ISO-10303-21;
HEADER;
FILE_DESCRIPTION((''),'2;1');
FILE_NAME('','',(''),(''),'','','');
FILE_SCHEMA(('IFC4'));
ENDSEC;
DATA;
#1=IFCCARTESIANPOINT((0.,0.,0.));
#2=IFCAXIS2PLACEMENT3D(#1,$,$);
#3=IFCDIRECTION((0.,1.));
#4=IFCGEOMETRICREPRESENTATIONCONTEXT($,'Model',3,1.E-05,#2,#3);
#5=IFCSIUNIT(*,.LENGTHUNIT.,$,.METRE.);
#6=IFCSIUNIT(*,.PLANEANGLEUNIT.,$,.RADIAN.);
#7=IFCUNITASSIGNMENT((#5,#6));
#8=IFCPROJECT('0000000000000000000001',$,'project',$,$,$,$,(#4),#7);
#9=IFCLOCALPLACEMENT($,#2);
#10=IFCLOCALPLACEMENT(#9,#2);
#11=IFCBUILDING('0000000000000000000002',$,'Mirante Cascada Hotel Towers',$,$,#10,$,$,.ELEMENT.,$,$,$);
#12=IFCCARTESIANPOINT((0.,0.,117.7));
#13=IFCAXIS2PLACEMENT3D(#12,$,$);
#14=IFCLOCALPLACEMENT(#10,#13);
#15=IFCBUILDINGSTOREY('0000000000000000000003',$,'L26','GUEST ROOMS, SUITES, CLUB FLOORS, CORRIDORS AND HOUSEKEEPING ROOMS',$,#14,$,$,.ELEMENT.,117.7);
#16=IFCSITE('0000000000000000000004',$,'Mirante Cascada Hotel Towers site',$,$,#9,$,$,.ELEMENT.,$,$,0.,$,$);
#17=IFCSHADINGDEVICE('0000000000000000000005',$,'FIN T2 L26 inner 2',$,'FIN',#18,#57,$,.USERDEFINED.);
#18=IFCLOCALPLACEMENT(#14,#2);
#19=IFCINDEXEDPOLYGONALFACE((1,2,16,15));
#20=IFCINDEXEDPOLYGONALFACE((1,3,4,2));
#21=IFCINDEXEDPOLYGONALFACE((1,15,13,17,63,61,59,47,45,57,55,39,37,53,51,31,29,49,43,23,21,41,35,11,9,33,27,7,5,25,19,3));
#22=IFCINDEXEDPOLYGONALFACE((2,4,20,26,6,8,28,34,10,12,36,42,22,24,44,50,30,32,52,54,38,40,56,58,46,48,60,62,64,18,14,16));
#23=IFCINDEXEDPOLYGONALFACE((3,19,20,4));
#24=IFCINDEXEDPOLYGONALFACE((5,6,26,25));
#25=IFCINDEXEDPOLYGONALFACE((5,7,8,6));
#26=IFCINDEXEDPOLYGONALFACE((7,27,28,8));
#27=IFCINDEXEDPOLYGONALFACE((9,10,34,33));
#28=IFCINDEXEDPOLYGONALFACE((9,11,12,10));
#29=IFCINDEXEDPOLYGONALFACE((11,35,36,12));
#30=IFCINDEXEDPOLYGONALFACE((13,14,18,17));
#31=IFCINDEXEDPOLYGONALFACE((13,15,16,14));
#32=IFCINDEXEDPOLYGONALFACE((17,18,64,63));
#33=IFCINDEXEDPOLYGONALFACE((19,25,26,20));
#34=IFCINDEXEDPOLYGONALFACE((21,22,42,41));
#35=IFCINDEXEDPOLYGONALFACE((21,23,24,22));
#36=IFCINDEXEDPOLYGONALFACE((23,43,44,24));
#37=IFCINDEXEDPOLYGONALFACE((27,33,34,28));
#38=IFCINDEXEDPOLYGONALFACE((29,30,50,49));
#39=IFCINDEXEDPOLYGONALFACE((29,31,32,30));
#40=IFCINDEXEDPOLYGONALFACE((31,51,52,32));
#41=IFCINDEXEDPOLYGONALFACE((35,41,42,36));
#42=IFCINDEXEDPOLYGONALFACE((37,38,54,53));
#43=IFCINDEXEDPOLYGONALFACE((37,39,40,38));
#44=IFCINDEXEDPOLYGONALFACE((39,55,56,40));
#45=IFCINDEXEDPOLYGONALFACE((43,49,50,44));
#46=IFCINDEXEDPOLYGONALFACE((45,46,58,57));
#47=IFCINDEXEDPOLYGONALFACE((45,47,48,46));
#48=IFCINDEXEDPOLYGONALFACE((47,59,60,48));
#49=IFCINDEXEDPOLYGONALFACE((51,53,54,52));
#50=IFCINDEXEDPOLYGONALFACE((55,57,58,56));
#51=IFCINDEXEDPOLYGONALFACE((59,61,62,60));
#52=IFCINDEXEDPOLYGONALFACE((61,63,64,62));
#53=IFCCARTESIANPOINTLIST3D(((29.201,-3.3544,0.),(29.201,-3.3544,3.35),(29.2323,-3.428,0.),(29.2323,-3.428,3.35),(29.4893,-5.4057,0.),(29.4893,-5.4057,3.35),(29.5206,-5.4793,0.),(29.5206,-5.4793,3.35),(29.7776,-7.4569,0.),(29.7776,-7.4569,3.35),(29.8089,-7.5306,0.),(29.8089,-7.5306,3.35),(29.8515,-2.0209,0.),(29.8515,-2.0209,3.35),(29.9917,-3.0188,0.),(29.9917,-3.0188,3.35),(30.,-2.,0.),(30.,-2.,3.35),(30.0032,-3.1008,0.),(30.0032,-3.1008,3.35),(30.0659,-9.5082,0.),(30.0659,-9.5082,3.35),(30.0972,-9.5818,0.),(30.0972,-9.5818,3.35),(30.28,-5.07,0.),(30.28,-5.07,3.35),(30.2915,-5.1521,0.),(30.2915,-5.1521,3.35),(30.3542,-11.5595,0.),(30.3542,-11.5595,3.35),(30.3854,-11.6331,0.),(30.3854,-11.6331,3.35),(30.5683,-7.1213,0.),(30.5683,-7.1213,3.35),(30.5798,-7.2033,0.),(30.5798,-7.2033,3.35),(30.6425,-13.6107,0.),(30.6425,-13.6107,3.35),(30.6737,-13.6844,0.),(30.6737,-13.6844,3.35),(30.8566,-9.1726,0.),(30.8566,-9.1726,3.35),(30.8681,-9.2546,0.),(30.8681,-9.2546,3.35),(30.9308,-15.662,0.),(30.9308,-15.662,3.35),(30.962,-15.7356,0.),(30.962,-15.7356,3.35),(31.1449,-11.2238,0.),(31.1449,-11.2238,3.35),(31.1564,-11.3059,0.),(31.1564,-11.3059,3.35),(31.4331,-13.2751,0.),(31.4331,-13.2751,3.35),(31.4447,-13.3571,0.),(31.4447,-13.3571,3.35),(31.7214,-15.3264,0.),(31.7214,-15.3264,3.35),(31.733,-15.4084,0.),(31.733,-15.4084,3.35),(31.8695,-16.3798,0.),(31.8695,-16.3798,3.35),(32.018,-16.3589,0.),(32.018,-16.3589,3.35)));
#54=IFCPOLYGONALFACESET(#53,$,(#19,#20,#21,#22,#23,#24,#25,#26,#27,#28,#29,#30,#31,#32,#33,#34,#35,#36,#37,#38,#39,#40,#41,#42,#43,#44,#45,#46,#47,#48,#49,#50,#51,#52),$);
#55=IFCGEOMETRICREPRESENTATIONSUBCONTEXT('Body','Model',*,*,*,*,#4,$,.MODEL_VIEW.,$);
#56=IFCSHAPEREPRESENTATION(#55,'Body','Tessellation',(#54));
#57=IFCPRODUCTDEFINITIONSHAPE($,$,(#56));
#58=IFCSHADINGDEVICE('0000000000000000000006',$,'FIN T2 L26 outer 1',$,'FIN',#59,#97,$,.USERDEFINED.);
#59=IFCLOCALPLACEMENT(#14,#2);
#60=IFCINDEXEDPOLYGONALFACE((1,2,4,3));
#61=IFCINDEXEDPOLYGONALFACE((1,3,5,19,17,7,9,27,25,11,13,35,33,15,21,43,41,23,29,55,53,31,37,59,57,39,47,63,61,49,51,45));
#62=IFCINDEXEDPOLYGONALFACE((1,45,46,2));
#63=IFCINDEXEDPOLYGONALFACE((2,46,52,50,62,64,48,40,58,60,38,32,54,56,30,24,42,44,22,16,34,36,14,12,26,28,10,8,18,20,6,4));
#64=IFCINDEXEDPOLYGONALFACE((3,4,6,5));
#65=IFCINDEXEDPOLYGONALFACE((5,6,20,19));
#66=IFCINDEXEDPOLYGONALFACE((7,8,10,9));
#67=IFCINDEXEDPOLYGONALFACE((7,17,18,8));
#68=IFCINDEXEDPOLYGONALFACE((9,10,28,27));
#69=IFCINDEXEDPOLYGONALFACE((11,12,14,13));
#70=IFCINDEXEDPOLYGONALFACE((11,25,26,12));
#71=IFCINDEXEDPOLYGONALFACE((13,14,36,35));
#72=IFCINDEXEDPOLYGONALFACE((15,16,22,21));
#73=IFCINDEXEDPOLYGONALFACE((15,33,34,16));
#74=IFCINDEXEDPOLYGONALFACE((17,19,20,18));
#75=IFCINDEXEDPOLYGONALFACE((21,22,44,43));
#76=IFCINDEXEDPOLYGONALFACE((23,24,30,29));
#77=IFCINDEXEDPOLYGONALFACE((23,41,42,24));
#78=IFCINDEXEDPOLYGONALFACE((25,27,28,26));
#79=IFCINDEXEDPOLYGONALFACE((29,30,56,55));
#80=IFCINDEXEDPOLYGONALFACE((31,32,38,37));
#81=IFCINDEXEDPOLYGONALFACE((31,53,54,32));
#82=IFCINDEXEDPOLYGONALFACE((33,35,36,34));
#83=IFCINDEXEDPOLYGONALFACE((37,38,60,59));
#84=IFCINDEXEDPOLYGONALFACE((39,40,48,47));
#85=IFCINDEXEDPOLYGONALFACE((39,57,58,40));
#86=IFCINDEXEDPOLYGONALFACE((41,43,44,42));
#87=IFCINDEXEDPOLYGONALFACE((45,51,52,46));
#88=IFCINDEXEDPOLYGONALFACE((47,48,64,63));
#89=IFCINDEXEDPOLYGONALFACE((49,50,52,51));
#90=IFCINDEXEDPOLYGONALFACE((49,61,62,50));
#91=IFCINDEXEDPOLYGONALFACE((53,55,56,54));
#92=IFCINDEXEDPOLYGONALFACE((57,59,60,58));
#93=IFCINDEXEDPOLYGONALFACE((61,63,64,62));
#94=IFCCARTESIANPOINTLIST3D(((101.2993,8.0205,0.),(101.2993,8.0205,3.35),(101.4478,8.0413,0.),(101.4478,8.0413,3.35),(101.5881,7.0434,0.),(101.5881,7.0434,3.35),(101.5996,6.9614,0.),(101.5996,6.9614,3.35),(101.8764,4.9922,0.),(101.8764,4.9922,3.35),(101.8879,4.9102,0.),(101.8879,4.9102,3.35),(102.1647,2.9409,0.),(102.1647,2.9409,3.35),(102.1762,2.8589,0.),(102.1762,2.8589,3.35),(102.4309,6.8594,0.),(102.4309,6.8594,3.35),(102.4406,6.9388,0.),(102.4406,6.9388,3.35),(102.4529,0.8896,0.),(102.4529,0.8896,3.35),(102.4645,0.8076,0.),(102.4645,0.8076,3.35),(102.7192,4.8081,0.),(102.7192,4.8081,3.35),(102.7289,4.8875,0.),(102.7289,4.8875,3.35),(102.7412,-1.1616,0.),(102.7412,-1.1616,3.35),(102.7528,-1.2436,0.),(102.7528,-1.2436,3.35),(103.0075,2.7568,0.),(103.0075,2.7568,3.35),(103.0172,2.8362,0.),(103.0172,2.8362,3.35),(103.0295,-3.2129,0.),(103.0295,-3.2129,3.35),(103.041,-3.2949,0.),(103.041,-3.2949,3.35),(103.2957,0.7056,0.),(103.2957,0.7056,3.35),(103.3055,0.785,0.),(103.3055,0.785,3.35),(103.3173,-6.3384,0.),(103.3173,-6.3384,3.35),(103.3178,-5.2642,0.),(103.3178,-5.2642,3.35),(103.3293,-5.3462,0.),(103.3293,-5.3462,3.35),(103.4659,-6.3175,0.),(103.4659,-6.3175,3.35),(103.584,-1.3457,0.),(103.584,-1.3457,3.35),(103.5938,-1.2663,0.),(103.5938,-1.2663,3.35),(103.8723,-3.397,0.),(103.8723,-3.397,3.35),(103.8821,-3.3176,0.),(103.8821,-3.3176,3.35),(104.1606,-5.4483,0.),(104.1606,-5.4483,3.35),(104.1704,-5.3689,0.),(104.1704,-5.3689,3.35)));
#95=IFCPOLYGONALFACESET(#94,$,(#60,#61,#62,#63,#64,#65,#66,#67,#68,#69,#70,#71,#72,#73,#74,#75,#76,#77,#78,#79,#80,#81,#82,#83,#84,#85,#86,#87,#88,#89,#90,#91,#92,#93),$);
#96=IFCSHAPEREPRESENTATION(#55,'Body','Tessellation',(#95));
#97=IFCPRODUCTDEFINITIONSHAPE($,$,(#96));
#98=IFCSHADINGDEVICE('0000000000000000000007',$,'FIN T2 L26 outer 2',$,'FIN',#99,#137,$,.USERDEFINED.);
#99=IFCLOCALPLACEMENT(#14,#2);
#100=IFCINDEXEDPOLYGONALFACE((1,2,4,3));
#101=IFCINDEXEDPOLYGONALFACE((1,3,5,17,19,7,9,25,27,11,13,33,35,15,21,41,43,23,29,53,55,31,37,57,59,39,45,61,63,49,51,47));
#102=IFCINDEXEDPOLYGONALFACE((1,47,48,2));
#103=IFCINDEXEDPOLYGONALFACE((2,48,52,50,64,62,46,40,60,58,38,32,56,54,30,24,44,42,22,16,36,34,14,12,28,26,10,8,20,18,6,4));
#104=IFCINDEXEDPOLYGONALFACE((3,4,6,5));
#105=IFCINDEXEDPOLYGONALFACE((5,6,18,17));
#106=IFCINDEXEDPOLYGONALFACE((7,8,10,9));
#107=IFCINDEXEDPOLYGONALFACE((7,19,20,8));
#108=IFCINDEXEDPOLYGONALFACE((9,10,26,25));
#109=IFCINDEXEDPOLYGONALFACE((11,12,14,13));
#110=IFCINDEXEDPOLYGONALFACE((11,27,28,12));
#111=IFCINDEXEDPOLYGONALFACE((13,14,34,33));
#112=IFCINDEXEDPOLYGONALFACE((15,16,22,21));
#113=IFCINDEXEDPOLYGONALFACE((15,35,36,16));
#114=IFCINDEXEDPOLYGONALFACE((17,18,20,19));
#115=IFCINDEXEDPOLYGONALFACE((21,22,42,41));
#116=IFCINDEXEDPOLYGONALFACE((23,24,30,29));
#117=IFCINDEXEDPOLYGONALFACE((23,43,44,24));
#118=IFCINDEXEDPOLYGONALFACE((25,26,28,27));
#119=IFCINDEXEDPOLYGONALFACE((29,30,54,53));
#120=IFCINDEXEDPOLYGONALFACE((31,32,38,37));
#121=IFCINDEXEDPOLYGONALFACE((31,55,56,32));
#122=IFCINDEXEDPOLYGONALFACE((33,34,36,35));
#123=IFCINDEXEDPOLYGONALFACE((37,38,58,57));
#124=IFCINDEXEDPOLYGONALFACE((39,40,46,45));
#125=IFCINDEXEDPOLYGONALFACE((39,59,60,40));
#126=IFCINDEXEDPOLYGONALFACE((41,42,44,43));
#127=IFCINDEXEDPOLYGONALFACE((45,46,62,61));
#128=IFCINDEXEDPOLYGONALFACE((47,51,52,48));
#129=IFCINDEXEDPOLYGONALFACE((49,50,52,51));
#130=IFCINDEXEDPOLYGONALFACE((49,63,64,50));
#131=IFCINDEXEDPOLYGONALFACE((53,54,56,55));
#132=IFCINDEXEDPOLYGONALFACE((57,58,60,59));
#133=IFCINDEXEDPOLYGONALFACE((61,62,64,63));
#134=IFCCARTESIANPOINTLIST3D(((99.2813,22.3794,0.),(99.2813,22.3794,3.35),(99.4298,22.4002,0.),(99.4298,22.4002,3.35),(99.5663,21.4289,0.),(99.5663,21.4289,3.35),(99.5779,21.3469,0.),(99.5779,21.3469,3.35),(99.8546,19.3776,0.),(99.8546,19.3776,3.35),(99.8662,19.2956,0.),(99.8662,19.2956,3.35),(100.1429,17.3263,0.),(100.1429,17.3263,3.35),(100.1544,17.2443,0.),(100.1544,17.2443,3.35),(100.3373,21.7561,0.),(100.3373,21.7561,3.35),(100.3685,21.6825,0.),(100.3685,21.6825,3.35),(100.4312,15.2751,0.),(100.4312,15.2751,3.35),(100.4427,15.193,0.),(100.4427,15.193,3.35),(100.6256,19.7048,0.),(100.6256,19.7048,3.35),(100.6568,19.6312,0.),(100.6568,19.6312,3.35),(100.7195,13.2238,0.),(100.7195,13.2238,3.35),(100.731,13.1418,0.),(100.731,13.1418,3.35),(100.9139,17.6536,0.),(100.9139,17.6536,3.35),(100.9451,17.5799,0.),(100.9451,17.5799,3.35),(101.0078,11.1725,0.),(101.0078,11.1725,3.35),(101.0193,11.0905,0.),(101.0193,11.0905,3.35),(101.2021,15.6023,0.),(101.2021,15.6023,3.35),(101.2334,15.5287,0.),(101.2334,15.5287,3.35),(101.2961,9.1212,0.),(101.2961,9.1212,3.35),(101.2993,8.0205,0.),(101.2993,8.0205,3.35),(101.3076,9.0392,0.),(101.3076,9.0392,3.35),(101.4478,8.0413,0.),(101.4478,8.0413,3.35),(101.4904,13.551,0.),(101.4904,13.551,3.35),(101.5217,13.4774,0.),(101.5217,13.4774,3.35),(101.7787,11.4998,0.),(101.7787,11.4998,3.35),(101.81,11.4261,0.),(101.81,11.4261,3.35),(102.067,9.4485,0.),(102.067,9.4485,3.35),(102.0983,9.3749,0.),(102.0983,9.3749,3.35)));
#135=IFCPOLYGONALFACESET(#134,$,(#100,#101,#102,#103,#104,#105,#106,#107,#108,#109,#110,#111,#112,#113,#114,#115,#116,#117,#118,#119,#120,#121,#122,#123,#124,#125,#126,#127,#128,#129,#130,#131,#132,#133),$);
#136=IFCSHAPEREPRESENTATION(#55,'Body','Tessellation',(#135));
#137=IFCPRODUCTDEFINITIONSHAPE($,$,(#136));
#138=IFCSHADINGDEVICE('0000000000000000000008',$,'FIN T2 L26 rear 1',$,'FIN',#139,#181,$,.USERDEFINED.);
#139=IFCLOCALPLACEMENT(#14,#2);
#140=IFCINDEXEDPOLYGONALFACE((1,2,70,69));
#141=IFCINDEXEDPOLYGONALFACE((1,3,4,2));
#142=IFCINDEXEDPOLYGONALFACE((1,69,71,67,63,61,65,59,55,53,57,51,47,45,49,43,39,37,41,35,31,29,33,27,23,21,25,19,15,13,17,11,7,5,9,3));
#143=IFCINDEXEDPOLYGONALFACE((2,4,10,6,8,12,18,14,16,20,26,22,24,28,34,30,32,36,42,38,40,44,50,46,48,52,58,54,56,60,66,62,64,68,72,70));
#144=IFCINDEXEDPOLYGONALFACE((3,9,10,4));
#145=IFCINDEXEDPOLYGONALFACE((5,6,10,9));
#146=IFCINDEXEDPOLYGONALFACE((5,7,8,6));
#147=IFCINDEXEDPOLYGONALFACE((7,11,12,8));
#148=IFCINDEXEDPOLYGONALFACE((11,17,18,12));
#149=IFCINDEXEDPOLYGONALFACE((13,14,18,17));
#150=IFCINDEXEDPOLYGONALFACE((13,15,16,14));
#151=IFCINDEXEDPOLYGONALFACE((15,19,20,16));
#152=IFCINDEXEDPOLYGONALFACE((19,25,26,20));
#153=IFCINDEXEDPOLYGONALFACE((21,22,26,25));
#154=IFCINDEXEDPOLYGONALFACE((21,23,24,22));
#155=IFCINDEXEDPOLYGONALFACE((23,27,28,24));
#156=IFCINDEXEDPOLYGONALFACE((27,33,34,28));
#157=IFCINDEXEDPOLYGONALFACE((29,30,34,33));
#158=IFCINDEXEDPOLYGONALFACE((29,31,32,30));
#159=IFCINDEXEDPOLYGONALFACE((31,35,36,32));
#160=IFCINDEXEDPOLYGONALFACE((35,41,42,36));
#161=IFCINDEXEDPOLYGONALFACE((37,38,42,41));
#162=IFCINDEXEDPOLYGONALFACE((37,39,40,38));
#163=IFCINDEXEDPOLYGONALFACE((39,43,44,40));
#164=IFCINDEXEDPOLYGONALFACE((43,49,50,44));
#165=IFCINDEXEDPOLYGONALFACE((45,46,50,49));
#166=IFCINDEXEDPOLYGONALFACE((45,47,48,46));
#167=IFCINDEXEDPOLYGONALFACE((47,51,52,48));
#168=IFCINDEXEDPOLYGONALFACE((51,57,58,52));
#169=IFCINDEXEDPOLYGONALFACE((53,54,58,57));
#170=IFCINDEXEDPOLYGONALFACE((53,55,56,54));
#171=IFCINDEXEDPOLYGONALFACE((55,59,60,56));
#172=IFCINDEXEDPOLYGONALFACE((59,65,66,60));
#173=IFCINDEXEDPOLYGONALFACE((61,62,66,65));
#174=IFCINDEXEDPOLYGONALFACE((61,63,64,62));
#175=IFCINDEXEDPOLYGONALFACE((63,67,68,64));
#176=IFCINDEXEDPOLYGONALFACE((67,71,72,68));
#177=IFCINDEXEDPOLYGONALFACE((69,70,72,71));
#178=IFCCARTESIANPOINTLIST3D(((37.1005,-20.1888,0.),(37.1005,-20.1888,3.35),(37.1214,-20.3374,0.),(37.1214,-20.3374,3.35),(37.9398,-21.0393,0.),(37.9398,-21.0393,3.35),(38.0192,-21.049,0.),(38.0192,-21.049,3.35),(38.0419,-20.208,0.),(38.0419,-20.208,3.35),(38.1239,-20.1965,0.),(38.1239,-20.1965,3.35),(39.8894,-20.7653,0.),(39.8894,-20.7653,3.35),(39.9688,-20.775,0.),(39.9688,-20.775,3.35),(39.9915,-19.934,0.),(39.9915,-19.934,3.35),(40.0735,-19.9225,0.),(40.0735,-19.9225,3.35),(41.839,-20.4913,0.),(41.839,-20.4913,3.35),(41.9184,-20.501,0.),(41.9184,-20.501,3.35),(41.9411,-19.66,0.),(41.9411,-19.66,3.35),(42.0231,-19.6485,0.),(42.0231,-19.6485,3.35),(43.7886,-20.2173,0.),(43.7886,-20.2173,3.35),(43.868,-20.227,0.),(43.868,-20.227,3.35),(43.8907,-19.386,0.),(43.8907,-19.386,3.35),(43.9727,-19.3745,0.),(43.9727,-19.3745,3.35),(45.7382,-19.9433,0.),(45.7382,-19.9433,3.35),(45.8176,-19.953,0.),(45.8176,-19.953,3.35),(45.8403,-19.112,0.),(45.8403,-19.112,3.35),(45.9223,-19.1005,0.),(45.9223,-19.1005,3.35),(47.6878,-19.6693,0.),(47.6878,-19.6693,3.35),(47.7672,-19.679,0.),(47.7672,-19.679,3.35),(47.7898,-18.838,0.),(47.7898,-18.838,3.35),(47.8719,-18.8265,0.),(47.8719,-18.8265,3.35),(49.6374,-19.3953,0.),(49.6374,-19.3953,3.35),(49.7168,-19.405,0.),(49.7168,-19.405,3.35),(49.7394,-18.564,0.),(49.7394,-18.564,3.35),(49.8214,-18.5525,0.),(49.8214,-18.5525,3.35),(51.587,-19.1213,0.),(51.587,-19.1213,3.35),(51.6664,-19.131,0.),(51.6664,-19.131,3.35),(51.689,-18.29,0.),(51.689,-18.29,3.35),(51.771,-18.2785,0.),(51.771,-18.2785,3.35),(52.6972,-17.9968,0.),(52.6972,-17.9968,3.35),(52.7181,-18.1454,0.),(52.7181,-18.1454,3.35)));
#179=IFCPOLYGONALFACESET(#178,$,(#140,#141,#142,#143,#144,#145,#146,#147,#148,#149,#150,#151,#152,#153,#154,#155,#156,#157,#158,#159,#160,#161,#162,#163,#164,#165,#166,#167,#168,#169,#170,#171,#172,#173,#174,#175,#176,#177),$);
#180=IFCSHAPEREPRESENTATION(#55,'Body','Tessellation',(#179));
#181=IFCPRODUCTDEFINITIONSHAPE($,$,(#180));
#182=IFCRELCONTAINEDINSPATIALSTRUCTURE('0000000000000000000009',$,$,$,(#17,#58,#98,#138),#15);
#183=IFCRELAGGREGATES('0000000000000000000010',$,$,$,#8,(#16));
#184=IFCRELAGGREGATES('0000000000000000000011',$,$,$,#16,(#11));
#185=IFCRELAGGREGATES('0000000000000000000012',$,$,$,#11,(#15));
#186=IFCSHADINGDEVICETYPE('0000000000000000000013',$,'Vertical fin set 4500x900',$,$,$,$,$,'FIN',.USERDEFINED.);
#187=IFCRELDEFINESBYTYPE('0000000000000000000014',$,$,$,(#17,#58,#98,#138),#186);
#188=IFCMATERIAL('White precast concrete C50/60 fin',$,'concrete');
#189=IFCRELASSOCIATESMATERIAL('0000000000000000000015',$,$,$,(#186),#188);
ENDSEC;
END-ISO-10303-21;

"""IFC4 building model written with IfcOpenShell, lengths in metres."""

from ifc_helpers import new_model, si_unit, direction, frame, origin, place, context, subcontext, project, spatial, polyline, outline, extrude, material, type_object, element, save


model = new_model("IFC4")

# Units and contexts
model_context = context("Model", 3, precision=1e-05, world=origin(), true_north=direction((0.0, 1.0)))
body_context = subcontext(model_context, "Body", "Model", "MODEL_VIEW")
ifc_project = project(units=[si_unit("LENGTHUNIT", "METRE"), si_unit("PLANEANGLEUNIT", "RADIAN")], contexts=[model_context])

# Site, building, storey
site_placement = place(None, origin())
site = spatial("IfcSite", under=ifc_project, at=site_placement, Name="Mirante Cascada Hotel Towers site", CompositionType="ELEMENT", RefElevation=0.0)
building_placement = place(site_placement, origin())
building = spatial("IfcBuilding", under=site, at=building_placement, Name="Mirante Cascada Hotel Towers", CompositionType="ELEMENT")
storey_placement = place(building_placement, frame((0.0, 0.0, 117.7)))
storey = spatial("IfcBuildingStorey", under=building, at=storey_placement, Name="L26", Description="GUEST ROOMS, SUITES, CLUB FLOORS, CORRIDORS AND HOUSEKEEPING ROOMS", CompositionType="ELEMENT", Elevation=117.7)

# Shading devices
ifc_material_1 = material(Name="White precast concrete C50/60 fin", Category="concrete")
shading_device_type = type_object("IfcShadingDeviceType", Name="Vertical fin set 4500x900", ElementType="FIN", PredefinedType="USERDEFINED", material=ifc_material_1)
shading_device_1_placement = place(storey_placement, origin())
element("IfcShadingDevice", 1, at=shading_device_1_placement, inside=storey, type_object=shading_device_type, Name="FIN T2 L26 inner 2", ObjectType="FIN", PredefinedType="USERDEFINED", context=body_context, shape_type="SweptSolid", body=[
    extrude(outline(polyline([(30.9308, -15.662), (31.7214, -15.3264), (31.4447, -13.3571), (30.6737, -13.6844), (30.6425, -13.6107), (31.4331, -13.2751), (31.1564, -11.3059), (30.3854, -11.6331), (30.3542, -11.5595), (31.1449, -11.2238), (30.8681, -9.2546), (30.0972, -9.5818), (30.0659, -9.5082), (30.8566, -9.1726), (30.5798, -7.2033), (29.8089, -7.5306), (29.7776, -7.4569), (30.5683, -7.1213), (30.2915, -5.1521), (29.5206, -5.4793), (29.4893, -5.4057), (30.28, -5.07), (30.0032, -3.1008), (29.2323, -3.428), (29.201, -3.3544), (29.9917, -3.0188), (29.8515, -2.0209), (30.0, -2.0), (32.018, -16.3589), (31.8695, -16.3798), (31.733, -15.4084), (30.962, -15.7356), (30.9308, -15.662)])), origin(), (0.0, 0.0, 1.0), 3.35),
])
shading_device_2_placement = place(storey_placement, origin())
element("IfcShadingDevice", 2, at=shading_device_2_placement, inside=storey, type_object=shading_device_type, Name="FIN T2 L26 outer 1", ObjectType="FIN", PredefinedType="USERDEFINED", context=body_context, shape_type="SweptSolid", body=[
    extrude(outline(polyline([(104.1606, -5.4483), (103.3293, -5.3462), (103.4659, -6.3175), (103.3173, -6.3384), (101.2993, 8.0205), (101.4478, 8.0413), (101.5881, 7.0434), (102.4406, 6.9388), (102.4309, 6.8594), (101.5996, 6.9614), (101.8764, 4.9922), (102.7289, 4.8875), (102.7192, 4.8081), (101.8879, 4.9102), (102.1647, 2.9409), (103.0172, 2.8362), (103.0075, 2.7568), (102.1762, 2.8589), (102.4529, 0.8896), (103.3055, 0.785), (103.2957, 0.7056), (102.4645, 0.8076), (102.7412, -1.1616), (103.5938, -1.2663), (103.584, -1.3457), (102.7528, -1.2436), (103.0295, -3.2129), (103.8821, -3.3176), (103.8723, -3.397), (103.041, -3.2949), (103.3178, -5.2642), (104.1704, -5.3689), (104.1606, -5.4483)])), origin(), (0.0, 0.0, 1.0), 3.35),
])
shading_device_3_placement = place(storey_placement, origin())
element("IfcShadingDevice", 3, at=shading_device_3_placement, inside=storey, type_object=shading_device_type, Name="FIN T2 L26 outer 2", ObjectType="FIN", PredefinedType="USERDEFINED", context=body_context, shape_type="SweptSolid", body=[
    extrude(outline(polyline([(102.0983, 9.3749), (101.3076, 9.0392), (101.4478, 8.0413), (101.2993, 8.0205), (99.2813, 22.3794), (99.4298, 22.4002), (99.5663, 21.4289), (100.3373, 21.7561), (100.3685, 21.6825), (99.5779, 21.3469), (99.8546, 19.3776), (100.6256, 19.7048), (100.6568, 19.6312), (99.8662, 19.2956), (100.1429, 17.3263), (100.9139, 17.6536), (100.9451, 17.5799), (100.1544, 17.2443), (100.4312, 15.2751), (101.2021, 15.6023), (101.2334, 15.5287), (100.4427, 15.193), (100.7195, 13.2238), (101.4904, 13.551), (101.5217, 13.4774), (100.731, 13.1418), (101.0078, 11.1725), (101.7787, 11.4998), (101.81, 11.4261), (101.0193, 11.0905), (101.2961, 9.1212), (102.067, 9.4485), (102.0983, 9.3749)])), origin(), (0.0, 0.0, 1.0), 3.35),
])
shading_device_4_placement = place(storey_placement, origin())
element("IfcShadingDevice", 4, at=shading_device_4_placement, inside=storey, type_object=shading_device_type, Name="FIN T2 L26 rear 1", ObjectType="FIN", PredefinedType="USERDEFINED", context=body_context, shape_type="SweptSolid", body=[
    extrude(outline(polyline([(37.9398, -21.0393), (38.0419, -20.208), (37.1214, -20.3374), (37.1005, -20.1888), (52.6972, -17.9968), (52.7181, -18.1454), (51.771, -18.2785), (51.6664, -19.131), (51.587, -19.1213), (51.689, -18.29), (49.8214, -18.5525), (49.7168, -19.405), (49.6374, -19.3953), (49.7394, -18.564), (47.8719, -18.8265), (47.7672, -19.679), (47.6878, -19.6693), (47.7898, -18.838), (45.9223, -19.1005), (45.8176, -19.953), (45.7382, -19.9433), (45.8403, -19.112), (43.9727, -19.3745), (43.868, -20.227), (43.7886, -20.2173), (43.8907, -19.386), (42.0231, -19.6485), (41.9184, -20.501), (41.839, -20.4913), (41.9411, -19.66), (40.0735, -19.9225), (39.9688, -20.775), (39.8894, -20.7653), (39.9915, -19.934), (38.1239, -20.1965), (38.0192, -21.049), (37.9398, -21.0393)])), origin(), (0.0, 0.0, 1.0), 3.35),
])

save(model, "model.ifc")
